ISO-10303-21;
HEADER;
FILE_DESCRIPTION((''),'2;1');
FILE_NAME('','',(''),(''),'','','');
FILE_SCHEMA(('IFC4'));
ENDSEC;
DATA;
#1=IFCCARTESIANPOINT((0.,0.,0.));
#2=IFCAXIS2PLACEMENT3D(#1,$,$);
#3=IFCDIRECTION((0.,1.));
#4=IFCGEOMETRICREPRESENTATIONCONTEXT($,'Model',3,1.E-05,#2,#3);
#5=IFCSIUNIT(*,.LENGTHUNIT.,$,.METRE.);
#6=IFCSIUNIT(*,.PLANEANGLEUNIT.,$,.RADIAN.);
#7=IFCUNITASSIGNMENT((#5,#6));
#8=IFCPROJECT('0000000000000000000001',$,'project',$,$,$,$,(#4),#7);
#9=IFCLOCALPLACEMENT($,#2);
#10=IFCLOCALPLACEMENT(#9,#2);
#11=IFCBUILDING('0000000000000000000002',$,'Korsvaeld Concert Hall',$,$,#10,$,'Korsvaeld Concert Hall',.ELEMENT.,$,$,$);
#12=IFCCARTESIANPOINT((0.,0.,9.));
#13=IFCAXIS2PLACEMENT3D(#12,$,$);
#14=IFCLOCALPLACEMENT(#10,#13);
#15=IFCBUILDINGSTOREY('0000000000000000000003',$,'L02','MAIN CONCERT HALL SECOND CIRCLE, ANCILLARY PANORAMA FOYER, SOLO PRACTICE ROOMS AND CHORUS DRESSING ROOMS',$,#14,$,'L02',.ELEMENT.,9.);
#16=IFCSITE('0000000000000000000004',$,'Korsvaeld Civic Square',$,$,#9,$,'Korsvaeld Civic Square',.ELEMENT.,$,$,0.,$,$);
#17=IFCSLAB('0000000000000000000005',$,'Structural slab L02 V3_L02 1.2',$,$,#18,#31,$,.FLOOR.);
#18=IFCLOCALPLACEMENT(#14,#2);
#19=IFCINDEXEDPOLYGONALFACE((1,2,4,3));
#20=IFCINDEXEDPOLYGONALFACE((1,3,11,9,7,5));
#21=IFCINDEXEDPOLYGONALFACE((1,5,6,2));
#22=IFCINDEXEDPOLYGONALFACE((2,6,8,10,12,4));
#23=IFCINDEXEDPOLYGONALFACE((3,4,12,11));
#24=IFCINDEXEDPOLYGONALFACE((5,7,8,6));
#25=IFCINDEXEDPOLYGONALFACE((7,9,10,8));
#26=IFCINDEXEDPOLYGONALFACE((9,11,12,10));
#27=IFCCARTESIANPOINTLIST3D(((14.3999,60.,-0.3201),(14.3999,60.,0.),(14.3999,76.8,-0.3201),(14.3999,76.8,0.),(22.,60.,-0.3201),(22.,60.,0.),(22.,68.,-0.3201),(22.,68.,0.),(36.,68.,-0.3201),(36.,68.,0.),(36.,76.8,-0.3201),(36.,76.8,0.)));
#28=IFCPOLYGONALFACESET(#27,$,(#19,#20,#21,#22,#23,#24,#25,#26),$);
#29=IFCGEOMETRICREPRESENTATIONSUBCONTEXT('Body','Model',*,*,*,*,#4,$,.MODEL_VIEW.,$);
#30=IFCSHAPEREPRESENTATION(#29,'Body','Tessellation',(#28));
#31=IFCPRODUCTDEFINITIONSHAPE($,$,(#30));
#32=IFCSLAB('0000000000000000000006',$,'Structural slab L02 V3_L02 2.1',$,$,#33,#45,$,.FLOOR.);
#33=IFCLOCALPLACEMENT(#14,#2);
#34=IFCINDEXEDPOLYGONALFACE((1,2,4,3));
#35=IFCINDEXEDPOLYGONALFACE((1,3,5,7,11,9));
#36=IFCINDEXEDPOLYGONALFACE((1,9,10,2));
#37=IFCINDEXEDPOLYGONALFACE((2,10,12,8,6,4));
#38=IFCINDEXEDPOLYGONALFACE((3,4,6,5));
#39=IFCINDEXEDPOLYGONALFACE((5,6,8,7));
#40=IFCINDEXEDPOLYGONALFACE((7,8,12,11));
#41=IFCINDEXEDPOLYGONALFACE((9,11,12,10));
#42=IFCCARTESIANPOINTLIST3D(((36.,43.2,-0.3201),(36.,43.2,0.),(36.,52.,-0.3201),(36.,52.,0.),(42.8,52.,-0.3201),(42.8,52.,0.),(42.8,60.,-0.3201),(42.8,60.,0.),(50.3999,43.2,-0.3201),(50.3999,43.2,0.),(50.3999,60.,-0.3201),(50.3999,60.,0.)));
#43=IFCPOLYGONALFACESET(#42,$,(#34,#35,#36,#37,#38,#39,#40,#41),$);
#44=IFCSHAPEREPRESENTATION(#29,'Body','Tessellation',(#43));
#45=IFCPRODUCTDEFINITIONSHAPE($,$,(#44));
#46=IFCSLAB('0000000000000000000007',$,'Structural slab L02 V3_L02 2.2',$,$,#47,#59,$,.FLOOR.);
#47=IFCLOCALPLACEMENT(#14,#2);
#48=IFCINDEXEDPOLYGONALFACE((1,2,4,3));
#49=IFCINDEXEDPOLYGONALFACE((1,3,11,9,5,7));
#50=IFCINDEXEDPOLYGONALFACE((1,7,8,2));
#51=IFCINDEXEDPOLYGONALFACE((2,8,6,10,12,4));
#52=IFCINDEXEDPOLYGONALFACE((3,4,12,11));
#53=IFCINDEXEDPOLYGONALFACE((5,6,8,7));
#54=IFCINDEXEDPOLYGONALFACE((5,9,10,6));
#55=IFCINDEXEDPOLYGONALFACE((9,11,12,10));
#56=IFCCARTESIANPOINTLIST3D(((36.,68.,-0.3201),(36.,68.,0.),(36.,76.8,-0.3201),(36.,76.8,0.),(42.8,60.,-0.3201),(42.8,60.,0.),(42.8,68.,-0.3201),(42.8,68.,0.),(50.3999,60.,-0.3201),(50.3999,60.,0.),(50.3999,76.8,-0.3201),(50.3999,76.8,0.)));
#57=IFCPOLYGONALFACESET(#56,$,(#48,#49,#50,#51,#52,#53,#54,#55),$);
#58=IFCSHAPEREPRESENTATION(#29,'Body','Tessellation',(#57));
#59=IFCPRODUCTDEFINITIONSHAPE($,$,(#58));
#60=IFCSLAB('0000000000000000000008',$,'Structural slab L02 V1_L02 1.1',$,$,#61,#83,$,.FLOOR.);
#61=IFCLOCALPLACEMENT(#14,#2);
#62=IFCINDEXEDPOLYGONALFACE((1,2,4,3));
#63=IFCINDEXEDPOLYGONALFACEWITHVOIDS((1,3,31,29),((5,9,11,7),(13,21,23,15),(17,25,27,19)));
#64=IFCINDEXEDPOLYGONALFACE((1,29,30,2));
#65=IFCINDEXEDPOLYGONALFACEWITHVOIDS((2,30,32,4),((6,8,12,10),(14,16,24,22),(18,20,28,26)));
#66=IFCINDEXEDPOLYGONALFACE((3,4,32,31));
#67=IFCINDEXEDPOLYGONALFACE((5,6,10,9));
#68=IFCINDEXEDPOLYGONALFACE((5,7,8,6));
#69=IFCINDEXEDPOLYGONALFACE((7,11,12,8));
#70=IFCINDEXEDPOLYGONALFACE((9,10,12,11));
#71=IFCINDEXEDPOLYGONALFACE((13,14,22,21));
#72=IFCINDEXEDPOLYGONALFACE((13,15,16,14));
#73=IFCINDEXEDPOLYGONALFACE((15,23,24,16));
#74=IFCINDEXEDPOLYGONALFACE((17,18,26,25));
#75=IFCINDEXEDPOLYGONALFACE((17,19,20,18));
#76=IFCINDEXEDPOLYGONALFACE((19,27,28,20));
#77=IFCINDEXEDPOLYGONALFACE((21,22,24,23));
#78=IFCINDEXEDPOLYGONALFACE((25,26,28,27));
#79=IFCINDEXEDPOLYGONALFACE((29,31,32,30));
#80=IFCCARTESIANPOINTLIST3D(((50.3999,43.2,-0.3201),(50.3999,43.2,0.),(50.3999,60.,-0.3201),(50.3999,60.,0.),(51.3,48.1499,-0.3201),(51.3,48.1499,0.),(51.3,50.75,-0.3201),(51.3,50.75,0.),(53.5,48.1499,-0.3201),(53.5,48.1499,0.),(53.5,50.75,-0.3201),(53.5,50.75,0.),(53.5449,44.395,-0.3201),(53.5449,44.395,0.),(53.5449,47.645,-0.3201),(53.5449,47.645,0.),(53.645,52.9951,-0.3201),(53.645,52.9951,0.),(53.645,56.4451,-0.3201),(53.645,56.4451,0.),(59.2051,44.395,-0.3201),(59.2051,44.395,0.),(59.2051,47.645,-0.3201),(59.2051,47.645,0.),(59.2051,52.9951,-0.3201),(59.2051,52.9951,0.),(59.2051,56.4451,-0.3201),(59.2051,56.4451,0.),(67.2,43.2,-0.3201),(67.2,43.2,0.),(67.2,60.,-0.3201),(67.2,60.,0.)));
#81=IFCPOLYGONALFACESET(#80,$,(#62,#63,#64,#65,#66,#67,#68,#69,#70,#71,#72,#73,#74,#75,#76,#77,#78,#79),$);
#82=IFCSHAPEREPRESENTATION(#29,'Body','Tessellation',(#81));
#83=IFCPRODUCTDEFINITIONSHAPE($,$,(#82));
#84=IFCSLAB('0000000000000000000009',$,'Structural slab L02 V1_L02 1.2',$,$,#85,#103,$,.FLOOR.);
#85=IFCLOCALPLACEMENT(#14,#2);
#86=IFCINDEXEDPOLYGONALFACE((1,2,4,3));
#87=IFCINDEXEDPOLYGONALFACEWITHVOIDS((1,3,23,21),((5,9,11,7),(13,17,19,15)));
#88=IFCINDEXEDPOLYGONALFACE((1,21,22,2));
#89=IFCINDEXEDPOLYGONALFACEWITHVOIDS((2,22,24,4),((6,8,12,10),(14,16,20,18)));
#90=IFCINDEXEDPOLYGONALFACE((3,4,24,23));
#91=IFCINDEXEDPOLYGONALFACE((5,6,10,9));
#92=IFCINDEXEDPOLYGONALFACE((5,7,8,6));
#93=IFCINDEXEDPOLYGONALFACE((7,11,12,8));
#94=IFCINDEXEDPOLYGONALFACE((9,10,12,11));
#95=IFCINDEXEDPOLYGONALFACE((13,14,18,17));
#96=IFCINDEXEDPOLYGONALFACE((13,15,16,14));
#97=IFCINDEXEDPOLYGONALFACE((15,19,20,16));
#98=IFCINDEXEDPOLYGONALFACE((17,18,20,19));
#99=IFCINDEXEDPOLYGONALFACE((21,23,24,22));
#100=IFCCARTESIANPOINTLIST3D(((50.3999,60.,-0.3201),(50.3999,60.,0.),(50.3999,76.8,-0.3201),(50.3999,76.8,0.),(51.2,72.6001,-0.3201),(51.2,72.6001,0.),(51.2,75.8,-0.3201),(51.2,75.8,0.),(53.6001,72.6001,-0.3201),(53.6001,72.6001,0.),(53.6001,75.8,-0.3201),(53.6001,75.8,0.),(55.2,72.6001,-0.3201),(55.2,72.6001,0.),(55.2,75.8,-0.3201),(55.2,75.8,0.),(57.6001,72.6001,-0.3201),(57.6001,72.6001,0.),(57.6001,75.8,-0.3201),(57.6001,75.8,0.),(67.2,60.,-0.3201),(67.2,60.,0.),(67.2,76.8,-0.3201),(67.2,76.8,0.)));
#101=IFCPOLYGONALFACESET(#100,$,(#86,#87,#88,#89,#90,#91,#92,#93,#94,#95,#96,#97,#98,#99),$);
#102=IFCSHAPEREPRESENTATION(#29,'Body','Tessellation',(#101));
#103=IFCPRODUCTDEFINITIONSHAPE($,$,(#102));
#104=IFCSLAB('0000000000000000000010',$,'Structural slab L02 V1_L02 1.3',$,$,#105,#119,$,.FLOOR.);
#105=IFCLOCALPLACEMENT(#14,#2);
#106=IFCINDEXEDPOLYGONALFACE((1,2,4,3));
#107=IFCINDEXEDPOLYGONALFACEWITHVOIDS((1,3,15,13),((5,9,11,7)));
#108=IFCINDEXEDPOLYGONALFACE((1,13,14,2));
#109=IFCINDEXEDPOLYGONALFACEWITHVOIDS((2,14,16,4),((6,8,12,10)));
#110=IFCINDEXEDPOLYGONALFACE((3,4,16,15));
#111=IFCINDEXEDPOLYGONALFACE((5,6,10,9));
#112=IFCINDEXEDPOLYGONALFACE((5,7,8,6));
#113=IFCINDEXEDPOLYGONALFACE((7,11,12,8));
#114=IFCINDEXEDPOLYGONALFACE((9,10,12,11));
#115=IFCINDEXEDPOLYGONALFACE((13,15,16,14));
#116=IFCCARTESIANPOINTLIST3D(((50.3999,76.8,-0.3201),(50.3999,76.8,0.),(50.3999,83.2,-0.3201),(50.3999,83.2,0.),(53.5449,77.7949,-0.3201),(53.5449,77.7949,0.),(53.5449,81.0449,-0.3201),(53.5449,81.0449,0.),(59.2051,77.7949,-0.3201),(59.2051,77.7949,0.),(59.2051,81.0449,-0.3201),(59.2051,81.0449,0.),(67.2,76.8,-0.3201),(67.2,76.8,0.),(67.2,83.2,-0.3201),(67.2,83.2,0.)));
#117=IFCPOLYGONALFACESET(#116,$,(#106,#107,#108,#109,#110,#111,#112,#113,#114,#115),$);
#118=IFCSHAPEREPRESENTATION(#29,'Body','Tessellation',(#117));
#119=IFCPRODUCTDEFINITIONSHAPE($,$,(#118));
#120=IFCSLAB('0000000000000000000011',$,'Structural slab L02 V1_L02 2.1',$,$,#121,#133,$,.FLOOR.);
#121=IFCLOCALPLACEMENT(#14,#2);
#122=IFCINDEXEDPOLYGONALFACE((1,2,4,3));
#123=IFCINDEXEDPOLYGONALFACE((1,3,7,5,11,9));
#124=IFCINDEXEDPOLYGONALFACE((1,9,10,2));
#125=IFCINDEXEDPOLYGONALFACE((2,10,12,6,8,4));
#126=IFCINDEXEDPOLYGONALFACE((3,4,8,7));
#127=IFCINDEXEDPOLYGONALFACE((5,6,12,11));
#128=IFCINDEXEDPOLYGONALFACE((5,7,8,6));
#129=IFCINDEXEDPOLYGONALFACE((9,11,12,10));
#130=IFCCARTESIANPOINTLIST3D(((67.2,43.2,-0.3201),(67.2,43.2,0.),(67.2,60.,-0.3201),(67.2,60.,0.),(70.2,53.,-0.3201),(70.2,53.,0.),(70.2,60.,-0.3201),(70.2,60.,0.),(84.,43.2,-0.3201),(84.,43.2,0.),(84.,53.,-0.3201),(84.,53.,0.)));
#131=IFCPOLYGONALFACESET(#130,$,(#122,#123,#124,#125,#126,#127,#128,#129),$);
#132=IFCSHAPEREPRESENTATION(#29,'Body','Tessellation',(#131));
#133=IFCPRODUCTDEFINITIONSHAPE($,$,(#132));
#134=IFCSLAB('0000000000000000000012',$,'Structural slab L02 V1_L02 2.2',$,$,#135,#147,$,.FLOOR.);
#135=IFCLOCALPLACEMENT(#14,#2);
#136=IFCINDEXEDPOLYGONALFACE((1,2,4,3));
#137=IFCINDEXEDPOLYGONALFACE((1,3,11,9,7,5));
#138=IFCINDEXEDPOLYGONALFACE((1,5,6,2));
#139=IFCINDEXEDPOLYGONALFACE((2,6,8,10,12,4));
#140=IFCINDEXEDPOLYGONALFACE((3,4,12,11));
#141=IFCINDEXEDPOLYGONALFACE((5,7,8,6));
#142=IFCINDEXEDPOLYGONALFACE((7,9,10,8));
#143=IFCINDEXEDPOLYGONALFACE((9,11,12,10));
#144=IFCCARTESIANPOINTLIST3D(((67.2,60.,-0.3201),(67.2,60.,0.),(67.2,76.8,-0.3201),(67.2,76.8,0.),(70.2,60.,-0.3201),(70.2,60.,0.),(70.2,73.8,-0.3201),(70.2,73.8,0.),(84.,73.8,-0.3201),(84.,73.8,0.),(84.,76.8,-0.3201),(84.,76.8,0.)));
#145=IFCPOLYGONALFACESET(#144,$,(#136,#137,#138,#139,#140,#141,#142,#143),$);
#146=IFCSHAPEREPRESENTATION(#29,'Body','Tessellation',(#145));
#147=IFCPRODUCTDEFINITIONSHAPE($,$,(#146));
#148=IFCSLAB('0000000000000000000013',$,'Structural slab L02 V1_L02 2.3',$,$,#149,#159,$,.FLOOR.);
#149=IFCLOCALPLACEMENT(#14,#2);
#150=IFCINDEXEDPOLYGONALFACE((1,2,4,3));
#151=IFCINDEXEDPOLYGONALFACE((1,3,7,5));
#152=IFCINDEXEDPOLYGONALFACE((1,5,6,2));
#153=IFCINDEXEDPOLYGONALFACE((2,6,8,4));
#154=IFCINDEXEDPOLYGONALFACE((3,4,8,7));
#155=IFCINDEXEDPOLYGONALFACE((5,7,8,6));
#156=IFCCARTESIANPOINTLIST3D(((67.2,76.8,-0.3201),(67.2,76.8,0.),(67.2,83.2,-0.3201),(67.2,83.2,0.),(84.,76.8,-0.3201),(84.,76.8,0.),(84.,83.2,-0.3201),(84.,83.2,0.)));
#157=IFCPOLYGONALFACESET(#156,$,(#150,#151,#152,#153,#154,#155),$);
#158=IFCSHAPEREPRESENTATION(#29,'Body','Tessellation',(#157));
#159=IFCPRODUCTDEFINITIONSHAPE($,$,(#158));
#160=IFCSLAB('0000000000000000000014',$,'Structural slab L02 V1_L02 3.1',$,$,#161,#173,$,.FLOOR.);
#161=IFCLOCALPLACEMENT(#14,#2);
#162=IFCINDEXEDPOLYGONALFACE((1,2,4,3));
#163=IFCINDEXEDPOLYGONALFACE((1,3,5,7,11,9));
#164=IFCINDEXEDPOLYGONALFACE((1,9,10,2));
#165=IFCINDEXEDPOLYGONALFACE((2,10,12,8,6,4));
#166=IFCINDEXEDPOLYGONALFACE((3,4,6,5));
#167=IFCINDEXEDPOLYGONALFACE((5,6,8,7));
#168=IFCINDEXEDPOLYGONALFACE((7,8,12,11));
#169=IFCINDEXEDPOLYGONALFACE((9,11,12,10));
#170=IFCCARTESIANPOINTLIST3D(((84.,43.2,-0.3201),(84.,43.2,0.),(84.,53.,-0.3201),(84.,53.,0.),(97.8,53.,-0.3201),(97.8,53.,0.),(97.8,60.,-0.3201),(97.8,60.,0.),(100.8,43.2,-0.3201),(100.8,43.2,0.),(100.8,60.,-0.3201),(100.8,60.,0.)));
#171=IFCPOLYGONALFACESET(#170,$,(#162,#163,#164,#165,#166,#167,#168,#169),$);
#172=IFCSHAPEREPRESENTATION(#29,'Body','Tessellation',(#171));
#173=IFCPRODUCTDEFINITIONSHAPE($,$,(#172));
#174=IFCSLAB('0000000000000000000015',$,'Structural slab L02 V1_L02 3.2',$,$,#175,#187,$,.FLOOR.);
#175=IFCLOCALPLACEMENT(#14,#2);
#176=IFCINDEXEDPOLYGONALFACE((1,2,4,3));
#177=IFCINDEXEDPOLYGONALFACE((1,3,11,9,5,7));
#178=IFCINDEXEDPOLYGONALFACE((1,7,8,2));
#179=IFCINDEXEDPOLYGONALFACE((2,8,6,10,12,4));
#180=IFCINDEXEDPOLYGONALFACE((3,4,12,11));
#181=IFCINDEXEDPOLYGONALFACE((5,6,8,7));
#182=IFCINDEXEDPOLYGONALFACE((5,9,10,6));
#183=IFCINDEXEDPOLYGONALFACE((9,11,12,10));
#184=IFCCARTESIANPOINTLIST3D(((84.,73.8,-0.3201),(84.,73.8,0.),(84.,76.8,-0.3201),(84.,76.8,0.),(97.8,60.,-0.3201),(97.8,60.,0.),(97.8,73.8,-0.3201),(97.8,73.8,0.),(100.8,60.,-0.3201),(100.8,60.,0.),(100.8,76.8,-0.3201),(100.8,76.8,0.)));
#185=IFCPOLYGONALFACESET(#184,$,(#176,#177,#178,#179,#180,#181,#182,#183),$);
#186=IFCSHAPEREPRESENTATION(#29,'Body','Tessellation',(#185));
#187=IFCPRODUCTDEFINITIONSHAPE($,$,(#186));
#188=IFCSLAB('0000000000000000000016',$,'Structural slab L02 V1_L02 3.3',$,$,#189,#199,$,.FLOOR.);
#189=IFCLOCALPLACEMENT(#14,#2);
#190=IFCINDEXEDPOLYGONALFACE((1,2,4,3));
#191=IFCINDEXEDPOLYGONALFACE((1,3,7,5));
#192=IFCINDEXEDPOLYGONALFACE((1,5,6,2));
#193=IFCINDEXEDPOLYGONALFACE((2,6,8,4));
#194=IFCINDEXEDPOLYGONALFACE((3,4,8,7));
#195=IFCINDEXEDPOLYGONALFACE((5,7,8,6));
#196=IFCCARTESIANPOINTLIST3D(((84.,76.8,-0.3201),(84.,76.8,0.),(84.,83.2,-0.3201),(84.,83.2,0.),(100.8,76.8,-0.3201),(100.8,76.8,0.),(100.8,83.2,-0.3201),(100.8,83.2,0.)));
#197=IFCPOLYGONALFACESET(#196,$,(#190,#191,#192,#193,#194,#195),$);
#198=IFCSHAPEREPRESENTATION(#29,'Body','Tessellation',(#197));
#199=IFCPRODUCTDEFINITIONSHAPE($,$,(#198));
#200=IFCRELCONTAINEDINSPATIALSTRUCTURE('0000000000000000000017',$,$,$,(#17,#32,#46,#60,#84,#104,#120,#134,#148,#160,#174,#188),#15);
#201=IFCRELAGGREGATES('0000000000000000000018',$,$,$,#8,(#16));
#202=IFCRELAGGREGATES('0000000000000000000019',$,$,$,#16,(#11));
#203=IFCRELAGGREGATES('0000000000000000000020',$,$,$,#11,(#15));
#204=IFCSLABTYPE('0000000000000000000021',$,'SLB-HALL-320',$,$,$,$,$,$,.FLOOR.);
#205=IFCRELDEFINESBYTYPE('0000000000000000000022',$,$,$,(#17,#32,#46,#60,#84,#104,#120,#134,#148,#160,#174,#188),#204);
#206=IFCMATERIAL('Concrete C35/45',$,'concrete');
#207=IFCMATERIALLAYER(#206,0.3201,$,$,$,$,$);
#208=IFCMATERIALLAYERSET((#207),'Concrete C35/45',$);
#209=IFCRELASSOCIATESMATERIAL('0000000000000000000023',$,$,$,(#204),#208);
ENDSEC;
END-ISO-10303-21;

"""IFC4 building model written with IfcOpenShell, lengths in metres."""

from ifc_helpers import new_model, si_unit, direction, frame, origin, place, context, subcontext, project, spatial, polyline, outline, extrude, material, layer, layer_set, type_object, element, save


model = new_model("IFC4")

# Units and contexts
model_context = context("Model", 3, precision=1e-05, world=origin(), true_north=direction((0.0, 1.0)))
body_context = subcontext(model_context, "Body", "Model", "MODEL_VIEW")
ifc_project = project(units=[si_unit("LENGTHUNIT", "METRE"), si_unit("PLANEANGLEUNIT", "RADIAN")], contexts=[model_context])

# Site, building, storey
site_placement = place(None, origin())
site = spatial("IfcSite", under=ifc_project, at=site_placement, Name="Korsvaeld Civic Square", LongName="Korsvaeld Civic Square", CompositionType="ELEMENT", RefElevation=0.0)
building_placement = place(site_placement, origin())
building = spatial("IfcBuilding", under=site, at=building_placement, Name="Korsvaeld Concert Hall", LongName="Korsvaeld Concert Hall", CompositionType="ELEMENT")
storey_placement = place(building_placement, frame((0.0, 0.0, 9.0)))
storey = spatial("IfcBuildingStorey", under=building, at=storey_placement, Name="L02", Description="MAIN CONCERT HALL SECOND CIRCLE, ANCILLARY PANORAMA FOYER, SOLO PRACTICE ROOMS AND CHORUS DRESSING ROOMS", LongName="L02", CompositionType="ELEMENT", Elevation=9.0)

# Shared definitions
ifc_material_1 = material(Name="Concrete C35/45", Category="concrete")

# Slabs
ifc_layer_1 = layer(ifc_material_1, 0.3201)
ifc_layer_set_1 = layer_set([ifc_layer_1], Name="Concrete C35/45")
slab_type_1 = type_object("IfcSlabType", Name="SLB-HALL-320", PredefinedType="FLOOR", material=ifc_layer_set_1)
slab_1_placement = place(storey_placement, frame((0.0, 0.0, -0.3201)))
element("IfcSlab", 1, at=slab_1_placement, inside=storey, type_object=slab_type_1, Name="Structural slab L02 V3_L02 1.2", PredefinedType="FLOOR", context=body_context, shape_type="SweptSolid", body=[
    extrude(outline(polyline([(14.3999, 60.0), (14.3999, 76.8), (36.0, 76.8), (36.0, 68.0), (22.0, 68.0), (22.0, 60.0), (14.3999, 60.0)])), origin(), (0.0, 0.0, 1.0), 0.3201),
])
slab_2_placement = place(storey_placement, frame((0.0, 0.0, -0.3201)))
element("IfcSlab", 2, at=slab_2_placement, inside=storey, type_object=slab_type_1, Name="Structural slab L02 V3_L02 2.1", PredefinedType="FLOOR", context=body_context, shape_type="SweptSolid", body=[
    extrude(outline(polyline([(50.3999, 60.0), (50.3999, 43.2), (36.0, 43.2), (36.0, 52.0), (42.8, 52.0), (42.8, 60.0), (50.3999, 60.0)])), origin(), (0.0, 0.0, 1.0), 0.3201),
])
slab_3_placement = place(storey_placement, frame((0.0, 0.0, -0.3201)))
element("IfcSlab", 3, at=slab_3_placement, inside=storey, type_object=slab_type_1, Name="Structural slab L02 V3_L02 2.2", PredefinedType="FLOOR", context=body_context, shape_type="SweptSolid", body=[
    extrude(outline(polyline([(36.0, 76.8), (50.3999, 76.8), (50.3999, 60.0), (42.8, 60.0), (42.8, 68.0), (36.0, 68.0), (36.0, 76.8)])), origin(), (0.0, 0.0, 1.0), 0.3201),
])
slab_4_placement = place(storey_placement, frame((0.0, 0.0, -0.3201)))
element("IfcSlab", 4, at=slab_4_placement, inside=storey, type_object=slab_type_1, Name="Structural slab L02 V1_L02 1.1", PredefinedType="FLOOR", context=body_context, shape_type="SweptSolid", body=[
    extrude(outline(polyline([(50.3999, 43.2), (50.3999, 60.0), (67.2, 60.0), (67.2, 43.2), (50.3999, 43.2)]), holes=[polyline([(59.2051, 44.395), (59.2051, 47.645), (53.5449, 47.645), (53.5449, 44.395), (59.2051, 44.395)]), polyline([(53.5, 50.75), (51.3, 50.75), (51.3, 48.1499), (53.5, 48.1499), (53.5, 50.75)]), polyline([(59.2051, 52.9951), (59.2051, 56.4451), (53.645, 56.4451), (53.645, 52.9951), (59.2051, 52.9951)])]), origin(), (0.0, 0.0, 1.0), 0.3201),
])
slab_5_placement = place(storey_placement, frame((0.0, 0.0, -0.3201)))
element("IfcSlab", 5, at=slab_5_placement, inside=storey, type_object=slab_type_1, Name="Structural slab L02 V1_L02 1.2", PredefinedType="FLOOR", context=body_context, shape_type="SweptSolid", body=[
    extrude(outline(polyline([(50.3999, 60.0), (50.3999, 76.8), (67.2, 76.8), (67.2, 60.0), (50.3999, 60.0)]), holes=[polyline([(53.6001, 75.8), (51.2, 75.8), (51.2, 72.6001), (53.6001, 72.6001), (53.6001, 75.8)]), polyline([(57.6001, 75.8), (55.2, 75.8), (55.2, 72.6001), (57.6001, 72.6001), (57.6001, 75.8)])]), origin(), (0.0, 0.0, 1.0), 0.3201),
])
slab_6_placement = place(storey_placement, frame((0.0, 0.0, -0.3201)))
element("IfcSlab", 6, at=slab_6_placement, inside=storey, type_object=slab_type_1, Name="Structural slab L02 V1_L02 1.3", PredefinedType="FLOOR", context=body_context, shape_type="SweptSolid", body=[
    extrude(outline(polyline([(50.3999, 76.8), (50.3999, 83.2), (67.2, 83.2), (67.2, 76.8), (50.3999, 76.8)]), holes=[polyline([(53.5449, 77.7949), (59.2051, 77.7949), (59.2051, 81.0449), (53.5449, 81.0449), (53.5449, 77.7949)])]), origin(), (0.0, 0.0, 1.0), 0.3201),
])
slab_7_placement = place(storey_placement, frame((0.0, 0.0, -0.3201)))
element("IfcSlab", 7, at=slab_7_placement, inside=storey, type_object=slab_type_1, Name="Structural slab L02 V1_L02 2.1", PredefinedType="FLOOR", context=body_context, shape_type="SweptSolid", body=[
    extrude(outline(polyline([(84.0, 43.2), (67.2, 43.2), (67.2, 60.0), (70.2, 60.0), (70.2, 53.0), (84.0, 53.0), (84.0, 43.2)])), origin(), (0.0, 0.0, 1.0), 0.3201),
])
slab_8_placement = place(storey_placement, frame((0.0, 0.0, -0.3201)))
element("IfcSlab", 8, at=slab_8_placement, inside=storey, type_object=slab_type_1, Name="Structural slab L02 V1_L02 2.2", PredefinedType="FLOOR", context=body_context, shape_type="SweptSolid", body=[
    extrude(outline(polyline([(67.2, 60.0), (67.2, 76.8), (84.0, 76.8), (84.0, 73.8), (70.2, 73.8), (70.2, 60.0), (67.2, 60.0)])), origin(), (0.0, 0.0, 1.0), 0.3201),
])
slab_9_placement = place(storey_placement, frame((0.0, 0.0, -0.3201)))
element("IfcSlab", 9, at=slab_9_placement, inside=storey, type_object=slab_type_1, Name="Structural slab L02 V1_L02 2.3", PredefinedType="FLOOR", context=body_context, shape_type="SweptSolid", body=[
    extrude(outline(polyline([(67.2, 76.8), (67.2, 83.2), (84.0, 83.2), (84.0, 76.8), (67.2, 76.8)])), origin(), (0.0, 0.0, 1.0), 0.3201),
])
slab_10_placement = place(storey_placement, frame((0.0, 0.0, -0.3201)))
element("IfcSlab", 10, at=slab_10_placement, inside=storey, type_object=slab_type_1, Name="Structural slab L02 V1_L02 3.1", PredefinedType="FLOOR", context=body_context, shape_type="SweptSolid", body=[
    extrude(outline(polyline([(100.8, 60.0), (100.8, 43.2), (84.0, 43.2), (84.0, 53.0), (97.8, 53.0), (97.8, 60.0), (100.8, 60.0)])), origin(), (0.0, 0.0, 1.0), 0.3201),
])
slab_11_placement = place(storey_placement, frame((0.0, 0.0, -0.3201)))
element("IfcSlab", 11, at=slab_11_placement, inside=storey, type_object=slab_type_1, Name="Structural slab L02 V1_L02 3.2", PredefinedType="FLOOR", context=body_context, shape_type="SweptSolid", body=[
    extrude(outline(polyline([(84.0, 76.8), (100.8, 76.8), (100.8, 60.0), (97.8, 60.0), (97.8, 73.8), (84.0, 73.8), (84.0, 76.8)])), origin(), (0.0, 0.0, 1.0), 0.3201),
])
slab_12_placement = place(storey_placement, frame((0.0, 0.0, -0.3201)))
element("IfcSlab", 12, at=slab_12_placement, inside=storey, type_object=slab_type_1, Name="Structural slab L02 V1_L02 3.3", PredefinedType="FLOOR", context=body_context, shape_type="SweptSolid", body=[
    extrude(outline(polyline([(84.0, 76.8), (84.0, 83.2), (100.8, 83.2), (100.8, 76.8), (84.0, 76.8)])), origin(), (0.0, 0.0, 1.0), 0.3201),
])

save(model, "model.ifc")
